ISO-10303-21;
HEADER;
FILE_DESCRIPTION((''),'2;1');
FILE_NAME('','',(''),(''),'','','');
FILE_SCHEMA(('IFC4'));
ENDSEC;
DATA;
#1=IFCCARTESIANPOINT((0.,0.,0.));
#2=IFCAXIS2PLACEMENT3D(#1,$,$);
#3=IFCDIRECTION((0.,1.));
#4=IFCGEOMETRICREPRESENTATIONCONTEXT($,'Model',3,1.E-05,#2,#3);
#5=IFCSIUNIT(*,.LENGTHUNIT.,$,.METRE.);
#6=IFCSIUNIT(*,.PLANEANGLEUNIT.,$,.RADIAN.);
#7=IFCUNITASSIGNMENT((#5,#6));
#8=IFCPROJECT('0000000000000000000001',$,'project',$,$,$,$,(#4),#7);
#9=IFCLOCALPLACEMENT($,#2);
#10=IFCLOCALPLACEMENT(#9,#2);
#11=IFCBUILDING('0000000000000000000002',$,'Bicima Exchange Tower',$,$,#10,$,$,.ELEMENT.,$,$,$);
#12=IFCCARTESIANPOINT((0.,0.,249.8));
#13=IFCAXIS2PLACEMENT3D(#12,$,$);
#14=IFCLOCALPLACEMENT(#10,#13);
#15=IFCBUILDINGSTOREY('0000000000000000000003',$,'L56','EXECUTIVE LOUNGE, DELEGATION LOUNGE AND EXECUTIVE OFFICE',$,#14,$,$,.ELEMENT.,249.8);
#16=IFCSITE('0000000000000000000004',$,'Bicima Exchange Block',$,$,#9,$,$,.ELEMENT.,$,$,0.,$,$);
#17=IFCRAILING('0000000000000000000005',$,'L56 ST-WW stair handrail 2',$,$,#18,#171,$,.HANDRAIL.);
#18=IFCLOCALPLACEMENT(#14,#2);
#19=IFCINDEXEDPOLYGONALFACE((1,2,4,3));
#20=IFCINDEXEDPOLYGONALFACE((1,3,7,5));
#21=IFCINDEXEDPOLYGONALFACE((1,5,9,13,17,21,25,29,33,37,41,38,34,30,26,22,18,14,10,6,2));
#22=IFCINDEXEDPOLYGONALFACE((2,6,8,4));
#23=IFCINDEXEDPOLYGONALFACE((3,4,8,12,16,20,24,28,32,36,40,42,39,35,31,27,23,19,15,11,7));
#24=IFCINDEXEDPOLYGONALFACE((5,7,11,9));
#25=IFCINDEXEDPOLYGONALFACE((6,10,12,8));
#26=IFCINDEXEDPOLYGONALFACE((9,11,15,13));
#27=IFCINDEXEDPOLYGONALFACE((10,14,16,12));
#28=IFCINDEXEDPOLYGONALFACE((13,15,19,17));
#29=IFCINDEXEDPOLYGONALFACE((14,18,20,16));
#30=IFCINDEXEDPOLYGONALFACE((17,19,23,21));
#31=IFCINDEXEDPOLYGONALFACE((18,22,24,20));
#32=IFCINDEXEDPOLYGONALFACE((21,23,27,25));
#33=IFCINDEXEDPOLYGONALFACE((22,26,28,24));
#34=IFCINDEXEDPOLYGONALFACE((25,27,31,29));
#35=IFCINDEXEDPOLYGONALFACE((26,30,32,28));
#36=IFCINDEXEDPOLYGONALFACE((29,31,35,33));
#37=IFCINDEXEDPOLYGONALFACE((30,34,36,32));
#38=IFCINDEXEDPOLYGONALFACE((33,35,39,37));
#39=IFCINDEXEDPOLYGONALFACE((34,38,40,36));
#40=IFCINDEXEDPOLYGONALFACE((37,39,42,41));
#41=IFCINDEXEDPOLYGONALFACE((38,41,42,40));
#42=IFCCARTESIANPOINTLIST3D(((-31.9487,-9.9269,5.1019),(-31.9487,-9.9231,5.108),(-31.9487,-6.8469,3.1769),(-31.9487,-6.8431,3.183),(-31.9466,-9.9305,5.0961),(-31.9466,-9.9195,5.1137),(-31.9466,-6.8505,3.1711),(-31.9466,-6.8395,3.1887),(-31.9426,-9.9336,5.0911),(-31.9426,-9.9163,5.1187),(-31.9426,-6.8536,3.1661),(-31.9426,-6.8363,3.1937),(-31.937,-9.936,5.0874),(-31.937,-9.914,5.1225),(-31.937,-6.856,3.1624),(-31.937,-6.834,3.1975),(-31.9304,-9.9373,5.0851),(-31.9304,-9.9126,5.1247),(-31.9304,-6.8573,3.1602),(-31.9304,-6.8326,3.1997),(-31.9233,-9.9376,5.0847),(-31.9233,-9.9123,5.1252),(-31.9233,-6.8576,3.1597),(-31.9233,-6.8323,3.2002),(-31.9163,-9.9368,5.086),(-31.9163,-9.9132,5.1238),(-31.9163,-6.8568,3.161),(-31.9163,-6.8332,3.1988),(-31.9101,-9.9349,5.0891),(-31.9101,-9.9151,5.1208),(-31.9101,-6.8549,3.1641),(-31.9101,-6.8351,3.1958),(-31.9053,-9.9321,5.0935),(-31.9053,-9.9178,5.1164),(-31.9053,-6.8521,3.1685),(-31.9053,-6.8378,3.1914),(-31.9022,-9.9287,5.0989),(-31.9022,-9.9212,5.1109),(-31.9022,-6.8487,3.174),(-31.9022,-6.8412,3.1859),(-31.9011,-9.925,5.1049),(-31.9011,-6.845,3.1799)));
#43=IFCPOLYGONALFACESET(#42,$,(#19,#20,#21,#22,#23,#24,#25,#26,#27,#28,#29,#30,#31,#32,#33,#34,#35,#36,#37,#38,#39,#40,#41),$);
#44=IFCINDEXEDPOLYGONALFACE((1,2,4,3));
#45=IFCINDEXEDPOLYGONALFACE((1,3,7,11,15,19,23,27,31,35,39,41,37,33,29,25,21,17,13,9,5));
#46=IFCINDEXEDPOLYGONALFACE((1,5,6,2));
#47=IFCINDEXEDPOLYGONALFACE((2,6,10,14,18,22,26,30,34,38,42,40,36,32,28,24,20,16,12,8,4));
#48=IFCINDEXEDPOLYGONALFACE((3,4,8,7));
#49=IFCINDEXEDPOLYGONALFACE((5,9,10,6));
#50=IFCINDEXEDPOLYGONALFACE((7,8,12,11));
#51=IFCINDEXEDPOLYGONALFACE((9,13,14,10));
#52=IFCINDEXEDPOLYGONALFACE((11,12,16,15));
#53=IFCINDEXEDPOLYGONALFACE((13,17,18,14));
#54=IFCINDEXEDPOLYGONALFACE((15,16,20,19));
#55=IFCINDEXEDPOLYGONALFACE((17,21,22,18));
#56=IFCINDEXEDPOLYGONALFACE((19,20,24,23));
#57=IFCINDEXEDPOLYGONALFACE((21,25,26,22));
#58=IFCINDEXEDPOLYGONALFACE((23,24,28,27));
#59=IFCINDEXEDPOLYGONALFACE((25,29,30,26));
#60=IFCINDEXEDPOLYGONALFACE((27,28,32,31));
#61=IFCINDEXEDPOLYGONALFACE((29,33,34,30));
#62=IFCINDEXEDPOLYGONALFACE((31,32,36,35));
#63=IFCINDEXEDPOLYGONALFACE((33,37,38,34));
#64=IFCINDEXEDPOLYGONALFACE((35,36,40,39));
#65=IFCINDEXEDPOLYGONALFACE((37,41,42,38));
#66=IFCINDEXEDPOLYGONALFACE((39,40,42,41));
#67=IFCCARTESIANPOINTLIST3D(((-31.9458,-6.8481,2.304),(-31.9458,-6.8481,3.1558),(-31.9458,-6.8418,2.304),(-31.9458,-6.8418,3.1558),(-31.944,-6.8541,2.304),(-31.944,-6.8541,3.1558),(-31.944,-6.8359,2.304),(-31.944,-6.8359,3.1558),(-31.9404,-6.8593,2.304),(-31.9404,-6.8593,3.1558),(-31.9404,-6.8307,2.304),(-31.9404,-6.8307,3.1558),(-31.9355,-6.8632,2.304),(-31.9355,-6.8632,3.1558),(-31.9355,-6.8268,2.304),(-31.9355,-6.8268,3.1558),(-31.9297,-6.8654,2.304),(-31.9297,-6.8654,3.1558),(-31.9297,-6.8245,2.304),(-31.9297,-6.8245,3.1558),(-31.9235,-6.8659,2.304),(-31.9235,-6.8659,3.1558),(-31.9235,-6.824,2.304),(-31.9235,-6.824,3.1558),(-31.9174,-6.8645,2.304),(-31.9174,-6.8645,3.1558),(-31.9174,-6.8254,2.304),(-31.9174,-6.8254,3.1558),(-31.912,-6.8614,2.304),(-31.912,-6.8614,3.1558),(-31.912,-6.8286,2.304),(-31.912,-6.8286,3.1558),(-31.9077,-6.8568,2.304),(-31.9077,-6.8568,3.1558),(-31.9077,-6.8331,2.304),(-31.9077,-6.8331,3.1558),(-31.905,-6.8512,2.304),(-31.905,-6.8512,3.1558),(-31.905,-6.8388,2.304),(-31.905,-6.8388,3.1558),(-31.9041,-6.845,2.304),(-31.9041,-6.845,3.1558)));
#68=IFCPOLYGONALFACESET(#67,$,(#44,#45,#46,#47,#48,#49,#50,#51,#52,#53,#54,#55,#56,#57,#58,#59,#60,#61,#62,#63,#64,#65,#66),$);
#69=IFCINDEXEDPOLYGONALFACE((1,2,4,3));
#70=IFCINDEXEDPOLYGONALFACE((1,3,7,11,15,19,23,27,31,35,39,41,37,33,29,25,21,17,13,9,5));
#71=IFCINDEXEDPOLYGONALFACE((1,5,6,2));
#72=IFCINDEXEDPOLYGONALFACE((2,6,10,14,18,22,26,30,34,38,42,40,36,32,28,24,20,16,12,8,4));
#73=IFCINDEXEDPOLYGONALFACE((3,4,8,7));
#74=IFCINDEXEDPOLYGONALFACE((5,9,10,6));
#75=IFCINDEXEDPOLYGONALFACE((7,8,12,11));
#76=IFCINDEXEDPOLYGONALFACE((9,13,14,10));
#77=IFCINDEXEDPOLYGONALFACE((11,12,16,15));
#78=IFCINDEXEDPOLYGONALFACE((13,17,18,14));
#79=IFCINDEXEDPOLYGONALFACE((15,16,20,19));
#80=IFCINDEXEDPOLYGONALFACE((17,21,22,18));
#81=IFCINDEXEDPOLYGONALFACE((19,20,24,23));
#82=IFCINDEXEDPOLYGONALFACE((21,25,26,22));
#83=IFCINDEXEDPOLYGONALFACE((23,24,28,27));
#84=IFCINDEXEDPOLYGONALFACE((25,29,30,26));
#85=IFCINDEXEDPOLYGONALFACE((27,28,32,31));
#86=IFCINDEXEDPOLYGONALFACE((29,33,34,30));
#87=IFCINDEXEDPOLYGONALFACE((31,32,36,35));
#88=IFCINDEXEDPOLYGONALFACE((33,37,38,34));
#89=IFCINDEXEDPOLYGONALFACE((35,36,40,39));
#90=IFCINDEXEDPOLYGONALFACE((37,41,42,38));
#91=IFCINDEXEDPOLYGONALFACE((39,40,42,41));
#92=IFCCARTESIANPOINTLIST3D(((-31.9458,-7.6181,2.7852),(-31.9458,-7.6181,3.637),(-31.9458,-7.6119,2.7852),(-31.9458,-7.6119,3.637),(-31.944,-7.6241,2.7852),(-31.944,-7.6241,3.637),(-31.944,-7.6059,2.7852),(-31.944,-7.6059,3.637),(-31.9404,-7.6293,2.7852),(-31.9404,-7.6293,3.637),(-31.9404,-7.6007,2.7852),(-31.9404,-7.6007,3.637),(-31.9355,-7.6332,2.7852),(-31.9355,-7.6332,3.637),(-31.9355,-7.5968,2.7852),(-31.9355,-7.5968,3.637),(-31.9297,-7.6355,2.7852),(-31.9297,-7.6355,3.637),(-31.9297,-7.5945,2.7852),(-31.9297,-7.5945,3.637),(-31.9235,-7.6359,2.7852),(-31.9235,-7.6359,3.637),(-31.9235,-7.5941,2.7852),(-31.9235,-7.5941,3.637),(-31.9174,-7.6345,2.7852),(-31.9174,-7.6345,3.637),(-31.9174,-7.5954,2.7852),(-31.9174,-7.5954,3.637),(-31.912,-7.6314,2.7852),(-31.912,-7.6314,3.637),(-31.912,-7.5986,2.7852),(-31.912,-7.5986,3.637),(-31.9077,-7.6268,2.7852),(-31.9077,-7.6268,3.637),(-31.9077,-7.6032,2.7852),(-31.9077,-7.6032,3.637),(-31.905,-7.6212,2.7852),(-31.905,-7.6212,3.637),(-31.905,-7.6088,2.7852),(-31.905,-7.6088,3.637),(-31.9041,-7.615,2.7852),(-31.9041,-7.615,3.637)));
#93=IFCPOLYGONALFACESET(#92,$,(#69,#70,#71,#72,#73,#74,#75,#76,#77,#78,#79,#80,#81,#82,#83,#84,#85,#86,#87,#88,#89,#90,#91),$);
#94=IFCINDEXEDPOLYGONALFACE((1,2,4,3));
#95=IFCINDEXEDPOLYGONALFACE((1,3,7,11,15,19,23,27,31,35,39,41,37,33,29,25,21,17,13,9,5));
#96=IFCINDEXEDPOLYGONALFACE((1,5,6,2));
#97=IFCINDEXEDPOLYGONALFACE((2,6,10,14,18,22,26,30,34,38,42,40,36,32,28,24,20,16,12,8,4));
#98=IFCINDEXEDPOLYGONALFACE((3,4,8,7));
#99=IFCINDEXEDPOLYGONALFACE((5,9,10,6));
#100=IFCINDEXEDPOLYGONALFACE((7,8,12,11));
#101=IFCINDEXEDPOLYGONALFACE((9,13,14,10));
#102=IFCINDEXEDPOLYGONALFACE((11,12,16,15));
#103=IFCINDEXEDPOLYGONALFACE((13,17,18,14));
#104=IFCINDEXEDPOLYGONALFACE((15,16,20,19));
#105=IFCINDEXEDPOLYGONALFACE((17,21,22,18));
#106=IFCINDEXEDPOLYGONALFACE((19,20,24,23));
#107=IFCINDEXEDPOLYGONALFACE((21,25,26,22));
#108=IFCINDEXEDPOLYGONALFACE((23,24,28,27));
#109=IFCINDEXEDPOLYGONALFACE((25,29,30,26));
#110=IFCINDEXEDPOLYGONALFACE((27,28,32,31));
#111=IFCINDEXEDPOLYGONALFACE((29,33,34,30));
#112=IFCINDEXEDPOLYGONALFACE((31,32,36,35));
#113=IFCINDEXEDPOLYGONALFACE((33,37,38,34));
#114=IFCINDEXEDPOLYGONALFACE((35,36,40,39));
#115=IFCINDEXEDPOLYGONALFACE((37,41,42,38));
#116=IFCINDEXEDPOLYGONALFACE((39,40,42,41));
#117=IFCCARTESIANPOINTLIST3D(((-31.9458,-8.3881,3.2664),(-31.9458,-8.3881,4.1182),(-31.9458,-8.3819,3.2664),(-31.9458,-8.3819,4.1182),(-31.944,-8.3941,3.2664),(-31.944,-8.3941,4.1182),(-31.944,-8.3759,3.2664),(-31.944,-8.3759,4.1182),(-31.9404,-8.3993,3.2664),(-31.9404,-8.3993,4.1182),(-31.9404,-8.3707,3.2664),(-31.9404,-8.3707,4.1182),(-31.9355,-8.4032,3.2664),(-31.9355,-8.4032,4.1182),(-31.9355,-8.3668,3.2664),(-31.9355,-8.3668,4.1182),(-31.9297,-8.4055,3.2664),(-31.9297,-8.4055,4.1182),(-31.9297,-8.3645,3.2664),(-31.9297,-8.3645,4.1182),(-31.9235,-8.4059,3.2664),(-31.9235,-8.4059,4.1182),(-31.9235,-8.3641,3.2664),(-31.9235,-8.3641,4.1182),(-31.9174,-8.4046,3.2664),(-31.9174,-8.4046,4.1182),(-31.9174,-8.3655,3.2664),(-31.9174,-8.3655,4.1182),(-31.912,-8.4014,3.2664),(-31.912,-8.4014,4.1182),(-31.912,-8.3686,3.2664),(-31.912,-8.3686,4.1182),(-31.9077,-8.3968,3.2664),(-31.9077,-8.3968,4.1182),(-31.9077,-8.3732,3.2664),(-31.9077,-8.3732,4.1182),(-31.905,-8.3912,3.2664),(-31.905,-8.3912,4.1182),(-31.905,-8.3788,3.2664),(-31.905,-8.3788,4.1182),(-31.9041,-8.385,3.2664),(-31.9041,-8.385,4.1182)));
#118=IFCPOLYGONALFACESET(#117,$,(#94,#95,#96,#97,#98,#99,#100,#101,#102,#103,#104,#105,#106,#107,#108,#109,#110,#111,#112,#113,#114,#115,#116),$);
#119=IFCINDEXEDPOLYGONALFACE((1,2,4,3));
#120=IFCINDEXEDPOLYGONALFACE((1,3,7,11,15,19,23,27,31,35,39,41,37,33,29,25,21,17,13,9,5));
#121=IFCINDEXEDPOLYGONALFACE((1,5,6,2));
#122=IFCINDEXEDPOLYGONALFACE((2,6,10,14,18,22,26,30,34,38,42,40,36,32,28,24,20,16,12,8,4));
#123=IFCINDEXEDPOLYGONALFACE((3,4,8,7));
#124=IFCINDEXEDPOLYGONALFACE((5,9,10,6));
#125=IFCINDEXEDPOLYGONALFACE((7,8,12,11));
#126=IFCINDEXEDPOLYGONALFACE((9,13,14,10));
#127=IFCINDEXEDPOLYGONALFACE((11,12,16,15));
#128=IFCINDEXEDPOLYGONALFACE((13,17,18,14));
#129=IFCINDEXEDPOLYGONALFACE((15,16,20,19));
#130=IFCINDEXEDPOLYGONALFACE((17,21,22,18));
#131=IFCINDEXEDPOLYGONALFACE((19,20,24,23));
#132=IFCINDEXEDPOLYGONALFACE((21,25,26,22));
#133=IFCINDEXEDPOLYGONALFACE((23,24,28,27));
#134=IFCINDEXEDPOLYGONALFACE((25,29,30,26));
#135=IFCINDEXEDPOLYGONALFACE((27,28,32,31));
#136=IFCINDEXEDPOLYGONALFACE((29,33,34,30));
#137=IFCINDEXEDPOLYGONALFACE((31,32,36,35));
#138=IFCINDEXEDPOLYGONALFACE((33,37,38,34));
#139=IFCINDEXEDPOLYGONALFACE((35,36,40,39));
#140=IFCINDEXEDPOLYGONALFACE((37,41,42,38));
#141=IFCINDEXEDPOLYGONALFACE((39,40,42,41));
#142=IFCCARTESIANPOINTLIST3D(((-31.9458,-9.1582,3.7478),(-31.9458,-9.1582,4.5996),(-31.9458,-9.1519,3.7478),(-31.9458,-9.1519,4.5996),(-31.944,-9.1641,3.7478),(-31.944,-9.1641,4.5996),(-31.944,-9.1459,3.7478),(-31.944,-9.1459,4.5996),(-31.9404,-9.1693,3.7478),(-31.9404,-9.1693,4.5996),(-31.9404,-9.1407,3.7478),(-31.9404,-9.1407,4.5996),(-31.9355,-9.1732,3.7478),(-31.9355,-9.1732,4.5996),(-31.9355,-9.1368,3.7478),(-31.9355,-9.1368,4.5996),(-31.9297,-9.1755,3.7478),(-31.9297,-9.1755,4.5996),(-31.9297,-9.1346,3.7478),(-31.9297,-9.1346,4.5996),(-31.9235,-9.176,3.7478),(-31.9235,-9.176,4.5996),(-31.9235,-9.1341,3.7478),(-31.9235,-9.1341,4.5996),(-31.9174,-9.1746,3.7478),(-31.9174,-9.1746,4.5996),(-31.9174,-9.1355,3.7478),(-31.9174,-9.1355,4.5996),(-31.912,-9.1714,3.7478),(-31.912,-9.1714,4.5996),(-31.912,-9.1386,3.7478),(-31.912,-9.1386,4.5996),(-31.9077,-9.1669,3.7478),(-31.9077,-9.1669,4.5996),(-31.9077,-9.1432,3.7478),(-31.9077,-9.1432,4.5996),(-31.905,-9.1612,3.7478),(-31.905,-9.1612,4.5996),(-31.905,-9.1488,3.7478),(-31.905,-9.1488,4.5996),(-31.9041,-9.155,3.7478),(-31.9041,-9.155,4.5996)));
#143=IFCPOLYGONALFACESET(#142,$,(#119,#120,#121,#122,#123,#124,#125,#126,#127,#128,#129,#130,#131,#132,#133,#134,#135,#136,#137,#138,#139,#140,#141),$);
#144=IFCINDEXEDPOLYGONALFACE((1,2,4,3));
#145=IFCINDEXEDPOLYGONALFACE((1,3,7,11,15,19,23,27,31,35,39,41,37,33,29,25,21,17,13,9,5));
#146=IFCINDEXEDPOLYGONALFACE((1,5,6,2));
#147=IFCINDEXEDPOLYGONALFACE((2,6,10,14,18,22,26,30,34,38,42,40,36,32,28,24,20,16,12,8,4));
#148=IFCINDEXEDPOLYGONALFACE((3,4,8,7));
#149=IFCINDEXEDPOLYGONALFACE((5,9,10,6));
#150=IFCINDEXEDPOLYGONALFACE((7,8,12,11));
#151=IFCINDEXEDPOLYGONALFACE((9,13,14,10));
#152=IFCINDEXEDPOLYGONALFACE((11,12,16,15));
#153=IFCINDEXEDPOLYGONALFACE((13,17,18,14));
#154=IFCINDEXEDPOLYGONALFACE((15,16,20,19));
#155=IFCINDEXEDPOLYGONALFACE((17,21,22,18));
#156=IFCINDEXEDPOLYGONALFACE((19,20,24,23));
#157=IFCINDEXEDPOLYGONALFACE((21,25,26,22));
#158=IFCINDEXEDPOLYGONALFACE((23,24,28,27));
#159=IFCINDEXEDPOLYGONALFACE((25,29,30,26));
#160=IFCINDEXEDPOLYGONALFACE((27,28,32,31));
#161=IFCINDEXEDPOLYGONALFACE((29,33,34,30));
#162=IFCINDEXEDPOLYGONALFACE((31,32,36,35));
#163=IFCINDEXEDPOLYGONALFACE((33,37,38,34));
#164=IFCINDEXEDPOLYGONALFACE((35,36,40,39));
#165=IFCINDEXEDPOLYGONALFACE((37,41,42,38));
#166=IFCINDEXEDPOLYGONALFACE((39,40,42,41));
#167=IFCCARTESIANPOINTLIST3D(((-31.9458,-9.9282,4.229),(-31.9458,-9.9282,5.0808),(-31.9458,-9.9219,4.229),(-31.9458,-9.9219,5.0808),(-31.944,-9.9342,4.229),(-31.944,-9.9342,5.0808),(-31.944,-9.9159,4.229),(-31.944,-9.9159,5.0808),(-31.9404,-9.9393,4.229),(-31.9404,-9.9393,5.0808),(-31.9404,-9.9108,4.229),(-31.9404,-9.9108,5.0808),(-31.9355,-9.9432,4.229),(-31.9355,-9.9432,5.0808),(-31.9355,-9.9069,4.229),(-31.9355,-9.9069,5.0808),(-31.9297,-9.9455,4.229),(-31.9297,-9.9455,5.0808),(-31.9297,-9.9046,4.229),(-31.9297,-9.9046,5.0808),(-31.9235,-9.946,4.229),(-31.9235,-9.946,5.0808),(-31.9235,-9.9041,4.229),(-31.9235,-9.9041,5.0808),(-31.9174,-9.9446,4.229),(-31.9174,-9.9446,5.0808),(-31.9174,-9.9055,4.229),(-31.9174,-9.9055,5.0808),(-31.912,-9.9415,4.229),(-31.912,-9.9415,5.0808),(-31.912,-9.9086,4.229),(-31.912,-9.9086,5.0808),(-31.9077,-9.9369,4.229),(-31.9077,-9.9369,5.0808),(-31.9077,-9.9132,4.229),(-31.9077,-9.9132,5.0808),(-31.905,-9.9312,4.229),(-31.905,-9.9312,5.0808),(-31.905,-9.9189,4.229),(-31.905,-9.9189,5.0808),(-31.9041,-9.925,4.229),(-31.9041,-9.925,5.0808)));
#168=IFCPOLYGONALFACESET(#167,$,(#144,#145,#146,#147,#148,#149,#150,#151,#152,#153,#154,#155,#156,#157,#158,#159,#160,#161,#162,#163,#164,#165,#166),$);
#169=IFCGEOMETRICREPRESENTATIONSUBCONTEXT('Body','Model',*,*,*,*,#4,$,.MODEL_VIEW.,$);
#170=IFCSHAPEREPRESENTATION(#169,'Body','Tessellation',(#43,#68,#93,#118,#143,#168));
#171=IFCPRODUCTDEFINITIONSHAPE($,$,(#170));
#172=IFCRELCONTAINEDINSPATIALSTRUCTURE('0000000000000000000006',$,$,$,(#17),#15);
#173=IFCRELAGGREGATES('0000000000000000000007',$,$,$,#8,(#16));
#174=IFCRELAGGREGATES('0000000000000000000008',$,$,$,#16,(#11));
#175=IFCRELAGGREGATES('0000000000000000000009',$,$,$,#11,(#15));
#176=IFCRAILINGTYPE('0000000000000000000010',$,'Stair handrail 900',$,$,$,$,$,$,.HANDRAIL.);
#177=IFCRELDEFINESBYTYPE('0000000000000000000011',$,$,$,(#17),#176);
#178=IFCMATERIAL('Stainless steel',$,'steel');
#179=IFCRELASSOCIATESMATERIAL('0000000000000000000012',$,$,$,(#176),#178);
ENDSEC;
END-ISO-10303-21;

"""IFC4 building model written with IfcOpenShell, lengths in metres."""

from ifc_helpers import new_model, si_unit, direction, frame, origin, origin_2d, place, context, subcontext, project, spatial, circle, extrude, material, type_object, element, save


model = new_model("IFC4")

# Units and contexts
model_context = context("Model", 3, precision=1e-05, world=origin(), true_north=direction((0.0, 1.0)))
body_context = subcontext(model_context, "Body", "Model", "MODEL_VIEW")
ifc_project = project(units=[si_unit("LENGTHUNIT", "METRE"), si_unit("PLANEANGLEUNIT", "RADIAN")], contexts=[model_context])

# Site, building, storey
site_placement = place(None, origin())
site = spatial("IfcSite", under=ifc_project, at=site_placement, Name="Bicima Exchange Block", CompositionType="ELEMENT", RefElevation=0.0)
building_placement = place(site_placement, origin())
building = spatial("IfcBuilding", under=site, at=building_placement, Name="Bicima Exchange Tower", CompositionType="ELEMENT")
storey_placement = place(building_placement, frame((0.0, 0.0, 249.8)))
storey = spatial("IfcBuildingStorey", under=building, at=storey_placement, Name="L56", Description="EXECUTIVE LOUNGE, DELEGATION LOUNGE AND EXECUTIVE OFFICE", CompositionType="ELEMENT", Elevation=249.8)

# Railing
ifc_material_1 = material(Name="Stainless steel", Category="steel")
railing_type = type_object("IfcRailingType", Name="Stair handrail 900", PredefinedType="HANDRAIL", material=ifc_material_1)
railing_placement = place(storey_placement, frame((-31.925, -6.845, 2.304)))
element("IfcRailing", 1, at=railing_placement, inside=storey, type_object=railing_type, Name="L56 ST-WW stair handrail 2", PredefinedType="HANDRAIL", context=body_context, shape_type="SweptSolid", body=[
    extrude(circle(Radius=0.0239, at=origin_2d()), frame((0.0, 0.0, 0.876), z_axis=(0.0, -0.847998, 0.529999), x_axis=(1.0, 0.0, 0.0)), (0.0, 0.0, 1.0), 3.6321),
    extrude(circle(Radius=0.021, at=origin_2d()), origin(), (0.0, 0.0, 1.0), 0.8518),
    extrude(circle(Radius=0.021, at=origin_2d()), frame((0.0, -0.77, 0.4812)), (0.0, 0.0, 1.0), 0.8518),
    extrude(circle(Radius=0.021, at=origin_2d()), frame((0.0, -1.54, 0.9624)), (0.0, 0.0, 1.0), 0.8518),
    extrude(circle(Radius=0.021, at=origin_2d()), frame((0.0, -2.3101, 1.4438)), (0.0, 0.0, 1.0), 0.8518),
    extrude(circle(Radius=0.021, at=origin_2d()), frame((0.0, -3.0801, 1.925)), (0.0, 0.0, 1.0), 0.8518),
])

save(model, "model.ifc")
